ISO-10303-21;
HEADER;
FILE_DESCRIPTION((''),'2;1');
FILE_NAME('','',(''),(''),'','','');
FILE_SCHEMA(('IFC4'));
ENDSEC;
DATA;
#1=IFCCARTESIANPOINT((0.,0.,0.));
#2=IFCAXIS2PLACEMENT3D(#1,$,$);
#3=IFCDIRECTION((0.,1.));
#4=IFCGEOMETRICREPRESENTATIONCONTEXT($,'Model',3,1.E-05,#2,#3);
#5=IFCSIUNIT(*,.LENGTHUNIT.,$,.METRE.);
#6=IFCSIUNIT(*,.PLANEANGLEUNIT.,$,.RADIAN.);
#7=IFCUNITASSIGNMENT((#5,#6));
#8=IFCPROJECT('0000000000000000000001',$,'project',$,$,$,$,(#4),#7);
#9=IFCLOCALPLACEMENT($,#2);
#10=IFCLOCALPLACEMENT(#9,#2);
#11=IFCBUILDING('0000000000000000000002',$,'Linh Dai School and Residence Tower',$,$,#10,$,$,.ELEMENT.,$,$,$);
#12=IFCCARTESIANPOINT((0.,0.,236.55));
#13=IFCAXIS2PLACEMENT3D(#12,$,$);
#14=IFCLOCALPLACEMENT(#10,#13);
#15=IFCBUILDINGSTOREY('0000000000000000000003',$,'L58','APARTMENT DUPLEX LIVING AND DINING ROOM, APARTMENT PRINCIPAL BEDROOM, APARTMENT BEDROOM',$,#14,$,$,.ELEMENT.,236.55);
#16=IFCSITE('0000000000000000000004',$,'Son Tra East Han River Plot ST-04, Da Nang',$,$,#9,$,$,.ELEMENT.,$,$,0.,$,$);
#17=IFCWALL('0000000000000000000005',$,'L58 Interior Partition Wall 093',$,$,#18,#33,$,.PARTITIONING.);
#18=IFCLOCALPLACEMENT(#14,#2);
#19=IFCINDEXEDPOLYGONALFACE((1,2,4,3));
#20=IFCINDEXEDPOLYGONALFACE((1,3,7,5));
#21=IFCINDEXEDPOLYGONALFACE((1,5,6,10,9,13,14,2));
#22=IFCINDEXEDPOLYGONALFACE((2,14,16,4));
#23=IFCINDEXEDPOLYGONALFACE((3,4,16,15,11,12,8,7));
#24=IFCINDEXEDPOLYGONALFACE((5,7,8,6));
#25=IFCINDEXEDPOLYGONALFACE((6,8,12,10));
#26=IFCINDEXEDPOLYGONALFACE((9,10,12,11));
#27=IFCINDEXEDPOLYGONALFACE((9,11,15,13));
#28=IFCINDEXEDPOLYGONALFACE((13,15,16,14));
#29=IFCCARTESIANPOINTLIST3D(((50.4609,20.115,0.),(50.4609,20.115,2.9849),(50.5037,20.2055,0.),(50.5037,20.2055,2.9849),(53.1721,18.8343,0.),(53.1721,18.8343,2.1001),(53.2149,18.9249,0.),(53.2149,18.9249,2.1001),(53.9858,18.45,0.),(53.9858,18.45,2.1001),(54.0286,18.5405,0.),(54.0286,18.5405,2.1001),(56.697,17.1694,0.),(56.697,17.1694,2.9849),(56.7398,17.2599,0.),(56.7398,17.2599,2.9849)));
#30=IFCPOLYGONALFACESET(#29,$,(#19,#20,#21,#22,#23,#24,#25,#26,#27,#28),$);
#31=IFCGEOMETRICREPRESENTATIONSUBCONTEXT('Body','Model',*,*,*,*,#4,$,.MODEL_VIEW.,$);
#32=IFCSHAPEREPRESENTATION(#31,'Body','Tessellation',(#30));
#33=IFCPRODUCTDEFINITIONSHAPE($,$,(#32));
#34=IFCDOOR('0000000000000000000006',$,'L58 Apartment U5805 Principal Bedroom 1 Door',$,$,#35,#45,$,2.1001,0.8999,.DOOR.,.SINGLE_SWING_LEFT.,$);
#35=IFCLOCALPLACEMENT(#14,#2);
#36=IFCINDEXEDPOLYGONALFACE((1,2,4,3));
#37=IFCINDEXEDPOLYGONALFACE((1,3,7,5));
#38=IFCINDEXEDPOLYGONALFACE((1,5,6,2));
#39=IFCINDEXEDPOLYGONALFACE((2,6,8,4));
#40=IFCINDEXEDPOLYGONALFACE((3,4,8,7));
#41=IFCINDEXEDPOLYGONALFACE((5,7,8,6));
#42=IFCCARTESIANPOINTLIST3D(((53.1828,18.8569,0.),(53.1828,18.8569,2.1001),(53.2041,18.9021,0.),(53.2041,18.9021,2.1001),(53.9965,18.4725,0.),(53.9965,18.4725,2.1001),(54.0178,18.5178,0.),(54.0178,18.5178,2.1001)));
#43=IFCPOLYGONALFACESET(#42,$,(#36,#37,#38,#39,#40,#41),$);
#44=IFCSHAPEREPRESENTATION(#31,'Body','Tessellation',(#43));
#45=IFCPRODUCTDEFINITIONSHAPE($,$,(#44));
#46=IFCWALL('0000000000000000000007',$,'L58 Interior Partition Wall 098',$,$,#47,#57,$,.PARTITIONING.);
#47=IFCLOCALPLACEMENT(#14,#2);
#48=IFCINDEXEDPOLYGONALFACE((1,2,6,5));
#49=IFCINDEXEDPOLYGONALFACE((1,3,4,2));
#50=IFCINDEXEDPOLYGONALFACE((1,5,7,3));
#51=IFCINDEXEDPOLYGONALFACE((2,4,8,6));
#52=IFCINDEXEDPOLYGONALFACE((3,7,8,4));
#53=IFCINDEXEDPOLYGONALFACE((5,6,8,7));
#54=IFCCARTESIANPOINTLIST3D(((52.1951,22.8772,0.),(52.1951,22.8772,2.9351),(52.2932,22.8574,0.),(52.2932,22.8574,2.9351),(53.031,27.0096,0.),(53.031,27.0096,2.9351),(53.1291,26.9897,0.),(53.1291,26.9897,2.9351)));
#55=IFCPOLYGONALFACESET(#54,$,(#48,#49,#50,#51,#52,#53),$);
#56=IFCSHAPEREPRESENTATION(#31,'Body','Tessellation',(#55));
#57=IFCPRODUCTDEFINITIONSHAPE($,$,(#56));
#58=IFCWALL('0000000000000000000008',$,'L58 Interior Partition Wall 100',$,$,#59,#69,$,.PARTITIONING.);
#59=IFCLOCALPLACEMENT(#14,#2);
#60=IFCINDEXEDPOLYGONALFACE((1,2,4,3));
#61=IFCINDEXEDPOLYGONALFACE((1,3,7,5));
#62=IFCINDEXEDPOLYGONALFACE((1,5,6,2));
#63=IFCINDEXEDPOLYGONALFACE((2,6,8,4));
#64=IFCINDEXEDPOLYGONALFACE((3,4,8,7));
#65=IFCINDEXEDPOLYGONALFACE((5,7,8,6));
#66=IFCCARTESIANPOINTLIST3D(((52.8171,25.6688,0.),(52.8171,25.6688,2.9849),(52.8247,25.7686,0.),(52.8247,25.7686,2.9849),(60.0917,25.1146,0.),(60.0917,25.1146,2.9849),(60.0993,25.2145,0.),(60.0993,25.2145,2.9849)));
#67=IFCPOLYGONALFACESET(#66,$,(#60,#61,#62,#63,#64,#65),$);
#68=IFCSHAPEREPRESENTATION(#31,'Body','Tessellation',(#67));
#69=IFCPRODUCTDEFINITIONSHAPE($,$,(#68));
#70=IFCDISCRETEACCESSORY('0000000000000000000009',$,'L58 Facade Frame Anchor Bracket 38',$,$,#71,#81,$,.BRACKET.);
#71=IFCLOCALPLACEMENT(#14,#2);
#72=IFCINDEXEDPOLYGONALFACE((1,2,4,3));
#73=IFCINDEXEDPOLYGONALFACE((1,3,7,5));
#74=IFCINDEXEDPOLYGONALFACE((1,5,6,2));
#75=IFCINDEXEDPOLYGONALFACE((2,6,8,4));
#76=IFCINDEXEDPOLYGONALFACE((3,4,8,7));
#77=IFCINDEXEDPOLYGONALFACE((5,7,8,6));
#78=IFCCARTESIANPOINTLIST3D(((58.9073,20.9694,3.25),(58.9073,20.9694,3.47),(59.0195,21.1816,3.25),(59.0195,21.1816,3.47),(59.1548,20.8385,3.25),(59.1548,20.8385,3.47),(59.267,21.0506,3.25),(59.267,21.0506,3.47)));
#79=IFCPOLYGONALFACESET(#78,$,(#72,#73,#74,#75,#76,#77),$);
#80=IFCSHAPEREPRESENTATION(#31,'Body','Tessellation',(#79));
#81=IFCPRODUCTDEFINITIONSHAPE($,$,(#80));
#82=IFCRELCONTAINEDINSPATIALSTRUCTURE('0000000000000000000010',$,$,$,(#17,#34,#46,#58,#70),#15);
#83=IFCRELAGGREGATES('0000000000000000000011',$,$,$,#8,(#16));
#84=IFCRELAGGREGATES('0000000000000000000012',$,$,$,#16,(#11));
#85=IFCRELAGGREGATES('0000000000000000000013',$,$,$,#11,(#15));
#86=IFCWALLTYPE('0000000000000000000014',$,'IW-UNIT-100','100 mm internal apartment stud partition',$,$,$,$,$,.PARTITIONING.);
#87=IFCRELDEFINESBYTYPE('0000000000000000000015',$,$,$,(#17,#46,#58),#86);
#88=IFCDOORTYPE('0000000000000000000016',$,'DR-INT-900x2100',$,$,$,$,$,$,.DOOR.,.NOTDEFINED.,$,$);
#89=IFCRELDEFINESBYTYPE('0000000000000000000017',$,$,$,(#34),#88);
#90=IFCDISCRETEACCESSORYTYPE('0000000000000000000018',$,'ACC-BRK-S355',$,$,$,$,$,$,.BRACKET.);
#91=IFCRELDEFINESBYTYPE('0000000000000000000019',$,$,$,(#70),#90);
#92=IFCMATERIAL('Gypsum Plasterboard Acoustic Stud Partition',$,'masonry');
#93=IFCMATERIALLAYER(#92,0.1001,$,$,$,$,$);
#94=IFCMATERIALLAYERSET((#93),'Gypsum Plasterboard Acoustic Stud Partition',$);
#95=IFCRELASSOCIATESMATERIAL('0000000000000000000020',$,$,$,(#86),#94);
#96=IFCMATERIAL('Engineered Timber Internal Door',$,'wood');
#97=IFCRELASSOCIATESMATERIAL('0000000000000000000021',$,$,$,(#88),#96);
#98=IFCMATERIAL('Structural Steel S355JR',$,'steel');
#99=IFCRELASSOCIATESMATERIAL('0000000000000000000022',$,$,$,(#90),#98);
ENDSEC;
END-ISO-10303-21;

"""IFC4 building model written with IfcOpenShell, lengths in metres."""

from ifc_helpers import new_model, si_unit, direction, frame, frame_2d, origin, origin_2d, place, context, subcontext, project, spatial, rectangle, extrude, source, transform, mapped, material, layer, layer_set, type_object, element, fill, save


model = new_model("IFC4")

# Units and contexts
model_context = context("Model", 3, precision=1e-05, world=origin(), true_north=direction((0.0, 1.0)))
body_context = subcontext(model_context, "Body", "Model", "MODEL_VIEW")
ifc_project = project(units=[si_unit("LENGTHUNIT", "METRE"), si_unit("PLANEANGLEUNIT", "RADIAN")], contexts=[model_context])

# Site, building, storey
site_placement = place(None, origin())
site = spatial("IfcSite", under=ifc_project, at=site_placement, Name="Son Tra East Han River Plot ST-04, Da Nang", CompositionType="ELEMENT", RefElevation=0.0)
building_placement = place(site_placement, origin())
building = spatial("IfcBuilding", under=site, at=building_placement, Name="Linh Dai School and Residence Tower", CompositionType="ELEMENT")
storey_placement = place(building_placement, frame((0.0, 0.0, 236.55)))
storey = spatial("IfcBuildingStorey", under=building, at=storey_placement, Name="L58", Description="APARTMENT DUPLEX LIVING AND DINING ROOM, APARTMENT PRINCIPAL BEDROOM, APARTMENT BEDROOM", CompositionType="ELEMENT", Elevation=236.55)

# Shared definitions
ifc_material_1 = material(Name="Structural Steel S355JR", Category="steel")

# Shared definitions
ifc_material_2 = material(Name="Gypsum Plasterboard Acoustic Stud Partition", Category="masonry")
ifc_layer_1 = layer(ifc_material_2, 0.1001)
ifc_layer_set_1 = layer_set([ifc_layer_1], Name="Gypsum Plasterboard Acoustic Stud Partition")
wall_type_1 = type_object("IfcWallType", Name="IW-UNIT-100", Description="100 mm internal apartment stud partition", PredefinedType="PARTITIONING", material=ifc_layer_set_1)

# Wall, opening, door
wall_1_placement = place(storey_placement, frame((50.4824, 20.1602, 0.0), z_axis=(0.0, 0.0, 1.0), x_axis=(0.904207, -0.427094, 0.0)))
wall_1 = element("IfcWall", 1, at=wall_1_placement, inside=storey, type_object=wall_type_1, Name="L58 Interior Partition Wall 093", PredefinedType="PARTITIONING", context=body_context, shape_type="SweptSolid", body=[
    extrude(rectangle(XDim=6.8967, YDim=0.1001, at=frame_2d((3.4482, 0.0))), origin(), (0.0, 0.0, 1.0), 2.9849),
])
opening_1_placement = place(wall_1_placement, frame((2.9983, 0.0, 0.0)))
opening_1 = element("IfcOpeningElement", 2, at=opening_1_placement, cuts=wall_1, PredefinedType="OPENING", context=body_context, shape_type="SweptSolid", body=[
    extrude(rectangle(XDim=0.8999, YDim=2.1001, at=origin_2d()), frame((0.45, 0.0601, 1.05), z_axis=(0.0, -1.0, 0.0), x_axis=(1.0, 0.0, 0.0)), (0.0, 0.0, 1.0), 0.1201),
])
ifc_material_3 = material(Name="Engineered Timber Internal Door", Category="wood")
door_type_1 = type_object("IfcDoorType", Name="DR-INT-900x2100", OperationType="NOTDEFINED", PredefinedType="DOOR", material=ifc_material_3)
shared_shape_1 = source(origin(), body_context, "Body", "SweptSolid", [
    extrude(rectangle(XDim=0.8999, YDim=2.1001, at=origin_2d()), frame((0.45, 0.0249, 1.05), z_axis=(0.0, -1.0, 0.0), x_axis=(1.0, 0.0, 0.0)), (0.0, 0.0, 1.0), 0.05),
])
door_1_placement = place(opening_1_placement, origin())
door_1 = element("IfcDoor", 3, at=door_1_placement, inside=storey, type_object=door_type_1, Name="L58 Apartment U5805 Principal Bedroom 1 Door", OperationType="SINGLE_SWING_LEFT", OverallHeight=2.1001, OverallWidth=0.8999, PredefinedType="DOOR", context=body_context, shape_type="MappedRepresentation", body=[
    mapped(shared_shape_1, transform((0.0, 0.0, 0.0), x_axis=(1.0, 0.0, 0.0), y_axis=(0.0, 1.0, 0.0), z_axis=(0.0, 0.0, 1.0), scale=1.0)),
])
fill(opening_1, door_1)

# Walls
wall_2_placement = place(storey_placement, frame((52.2441, 22.8674, 0.0), z_axis=(0.0, 0.0, 1.0), x_axis=(0.198276, 0.980146, 0.0)))
element("IfcWall", 4, at=wall_2_placement, inside=storey, type_object=wall_type_1, Name="L58 Interior Partition Wall 098", PredefinedType="PARTITIONING", context=body_context, shape_type="SweptSolid", body=[
    extrude(rectangle(XDim=4.2161, YDim=0.1001, at=frame_2d((2.1079, 0.0))), origin(), (0.0, 0.0, 1.0), 2.9351),
])
wall_3_placement = place(storey_placement, frame((52.8208, 25.7188, 0.0), z_axis=(0.0, 0.0, 1.0), x_axis=(0.997111, -0.075962, 0.0)))
element("IfcWall", 5, at=wall_3_placement, inside=storey, type_object=wall_type_1, Name="L58 Interior Partition Wall 100", PredefinedType="PARTITIONING", context=body_context, shape_type="SweptSolid", body=[
    extrude(rectangle(XDim=7.2957, YDim=0.1001, at=frame_2d((3.6479, 0.0))), origin(), (0.0, 0.0, 1.0), 2.9849),
])

# Discrete accessory
discrete_accessory_type = type_object("IfcDiscreteAccessoryType", Name="ACC-BRK-S355", PredefinedType="BRACKET", material=ifc_material_1)
shared_shape_2 = source(origin(), body_context, "Body", "SweptSolid", [
    extrude(rectangle(XDim=0.28, YDim=0.24, at=origin_2d()), origin(), (0.0, 0.0, 1.0), 0.22),
])
discrete_accessory_placement = place(storey_placement, frame((59.0872, 21.01, 3.25), z_axis=(0.0, 0.0, 1.0), x_axis=(0.883929, -0.467621, 0.0)))
element("IfcDiscreteAccessory", 6, at=discrete_accessory_placement, inside=storey, type_object=discrete_accessory_type, Name="L58 Facade Frame Anchor Bracket 38", PredefinedType="BRACKET", context=body_context, shape_type="MappedRepresentation", body=[
    mapped(shared_shape_2, transform((0.0, 0.0, 0.0), x_axis=(1.0, 0.0, 0.0), y_axis=(0.0, 1.0, 0.0), z_axis=(0.0, 0.0, 1.0), scale=1.0)),
])

save(model, "model.ifc")
